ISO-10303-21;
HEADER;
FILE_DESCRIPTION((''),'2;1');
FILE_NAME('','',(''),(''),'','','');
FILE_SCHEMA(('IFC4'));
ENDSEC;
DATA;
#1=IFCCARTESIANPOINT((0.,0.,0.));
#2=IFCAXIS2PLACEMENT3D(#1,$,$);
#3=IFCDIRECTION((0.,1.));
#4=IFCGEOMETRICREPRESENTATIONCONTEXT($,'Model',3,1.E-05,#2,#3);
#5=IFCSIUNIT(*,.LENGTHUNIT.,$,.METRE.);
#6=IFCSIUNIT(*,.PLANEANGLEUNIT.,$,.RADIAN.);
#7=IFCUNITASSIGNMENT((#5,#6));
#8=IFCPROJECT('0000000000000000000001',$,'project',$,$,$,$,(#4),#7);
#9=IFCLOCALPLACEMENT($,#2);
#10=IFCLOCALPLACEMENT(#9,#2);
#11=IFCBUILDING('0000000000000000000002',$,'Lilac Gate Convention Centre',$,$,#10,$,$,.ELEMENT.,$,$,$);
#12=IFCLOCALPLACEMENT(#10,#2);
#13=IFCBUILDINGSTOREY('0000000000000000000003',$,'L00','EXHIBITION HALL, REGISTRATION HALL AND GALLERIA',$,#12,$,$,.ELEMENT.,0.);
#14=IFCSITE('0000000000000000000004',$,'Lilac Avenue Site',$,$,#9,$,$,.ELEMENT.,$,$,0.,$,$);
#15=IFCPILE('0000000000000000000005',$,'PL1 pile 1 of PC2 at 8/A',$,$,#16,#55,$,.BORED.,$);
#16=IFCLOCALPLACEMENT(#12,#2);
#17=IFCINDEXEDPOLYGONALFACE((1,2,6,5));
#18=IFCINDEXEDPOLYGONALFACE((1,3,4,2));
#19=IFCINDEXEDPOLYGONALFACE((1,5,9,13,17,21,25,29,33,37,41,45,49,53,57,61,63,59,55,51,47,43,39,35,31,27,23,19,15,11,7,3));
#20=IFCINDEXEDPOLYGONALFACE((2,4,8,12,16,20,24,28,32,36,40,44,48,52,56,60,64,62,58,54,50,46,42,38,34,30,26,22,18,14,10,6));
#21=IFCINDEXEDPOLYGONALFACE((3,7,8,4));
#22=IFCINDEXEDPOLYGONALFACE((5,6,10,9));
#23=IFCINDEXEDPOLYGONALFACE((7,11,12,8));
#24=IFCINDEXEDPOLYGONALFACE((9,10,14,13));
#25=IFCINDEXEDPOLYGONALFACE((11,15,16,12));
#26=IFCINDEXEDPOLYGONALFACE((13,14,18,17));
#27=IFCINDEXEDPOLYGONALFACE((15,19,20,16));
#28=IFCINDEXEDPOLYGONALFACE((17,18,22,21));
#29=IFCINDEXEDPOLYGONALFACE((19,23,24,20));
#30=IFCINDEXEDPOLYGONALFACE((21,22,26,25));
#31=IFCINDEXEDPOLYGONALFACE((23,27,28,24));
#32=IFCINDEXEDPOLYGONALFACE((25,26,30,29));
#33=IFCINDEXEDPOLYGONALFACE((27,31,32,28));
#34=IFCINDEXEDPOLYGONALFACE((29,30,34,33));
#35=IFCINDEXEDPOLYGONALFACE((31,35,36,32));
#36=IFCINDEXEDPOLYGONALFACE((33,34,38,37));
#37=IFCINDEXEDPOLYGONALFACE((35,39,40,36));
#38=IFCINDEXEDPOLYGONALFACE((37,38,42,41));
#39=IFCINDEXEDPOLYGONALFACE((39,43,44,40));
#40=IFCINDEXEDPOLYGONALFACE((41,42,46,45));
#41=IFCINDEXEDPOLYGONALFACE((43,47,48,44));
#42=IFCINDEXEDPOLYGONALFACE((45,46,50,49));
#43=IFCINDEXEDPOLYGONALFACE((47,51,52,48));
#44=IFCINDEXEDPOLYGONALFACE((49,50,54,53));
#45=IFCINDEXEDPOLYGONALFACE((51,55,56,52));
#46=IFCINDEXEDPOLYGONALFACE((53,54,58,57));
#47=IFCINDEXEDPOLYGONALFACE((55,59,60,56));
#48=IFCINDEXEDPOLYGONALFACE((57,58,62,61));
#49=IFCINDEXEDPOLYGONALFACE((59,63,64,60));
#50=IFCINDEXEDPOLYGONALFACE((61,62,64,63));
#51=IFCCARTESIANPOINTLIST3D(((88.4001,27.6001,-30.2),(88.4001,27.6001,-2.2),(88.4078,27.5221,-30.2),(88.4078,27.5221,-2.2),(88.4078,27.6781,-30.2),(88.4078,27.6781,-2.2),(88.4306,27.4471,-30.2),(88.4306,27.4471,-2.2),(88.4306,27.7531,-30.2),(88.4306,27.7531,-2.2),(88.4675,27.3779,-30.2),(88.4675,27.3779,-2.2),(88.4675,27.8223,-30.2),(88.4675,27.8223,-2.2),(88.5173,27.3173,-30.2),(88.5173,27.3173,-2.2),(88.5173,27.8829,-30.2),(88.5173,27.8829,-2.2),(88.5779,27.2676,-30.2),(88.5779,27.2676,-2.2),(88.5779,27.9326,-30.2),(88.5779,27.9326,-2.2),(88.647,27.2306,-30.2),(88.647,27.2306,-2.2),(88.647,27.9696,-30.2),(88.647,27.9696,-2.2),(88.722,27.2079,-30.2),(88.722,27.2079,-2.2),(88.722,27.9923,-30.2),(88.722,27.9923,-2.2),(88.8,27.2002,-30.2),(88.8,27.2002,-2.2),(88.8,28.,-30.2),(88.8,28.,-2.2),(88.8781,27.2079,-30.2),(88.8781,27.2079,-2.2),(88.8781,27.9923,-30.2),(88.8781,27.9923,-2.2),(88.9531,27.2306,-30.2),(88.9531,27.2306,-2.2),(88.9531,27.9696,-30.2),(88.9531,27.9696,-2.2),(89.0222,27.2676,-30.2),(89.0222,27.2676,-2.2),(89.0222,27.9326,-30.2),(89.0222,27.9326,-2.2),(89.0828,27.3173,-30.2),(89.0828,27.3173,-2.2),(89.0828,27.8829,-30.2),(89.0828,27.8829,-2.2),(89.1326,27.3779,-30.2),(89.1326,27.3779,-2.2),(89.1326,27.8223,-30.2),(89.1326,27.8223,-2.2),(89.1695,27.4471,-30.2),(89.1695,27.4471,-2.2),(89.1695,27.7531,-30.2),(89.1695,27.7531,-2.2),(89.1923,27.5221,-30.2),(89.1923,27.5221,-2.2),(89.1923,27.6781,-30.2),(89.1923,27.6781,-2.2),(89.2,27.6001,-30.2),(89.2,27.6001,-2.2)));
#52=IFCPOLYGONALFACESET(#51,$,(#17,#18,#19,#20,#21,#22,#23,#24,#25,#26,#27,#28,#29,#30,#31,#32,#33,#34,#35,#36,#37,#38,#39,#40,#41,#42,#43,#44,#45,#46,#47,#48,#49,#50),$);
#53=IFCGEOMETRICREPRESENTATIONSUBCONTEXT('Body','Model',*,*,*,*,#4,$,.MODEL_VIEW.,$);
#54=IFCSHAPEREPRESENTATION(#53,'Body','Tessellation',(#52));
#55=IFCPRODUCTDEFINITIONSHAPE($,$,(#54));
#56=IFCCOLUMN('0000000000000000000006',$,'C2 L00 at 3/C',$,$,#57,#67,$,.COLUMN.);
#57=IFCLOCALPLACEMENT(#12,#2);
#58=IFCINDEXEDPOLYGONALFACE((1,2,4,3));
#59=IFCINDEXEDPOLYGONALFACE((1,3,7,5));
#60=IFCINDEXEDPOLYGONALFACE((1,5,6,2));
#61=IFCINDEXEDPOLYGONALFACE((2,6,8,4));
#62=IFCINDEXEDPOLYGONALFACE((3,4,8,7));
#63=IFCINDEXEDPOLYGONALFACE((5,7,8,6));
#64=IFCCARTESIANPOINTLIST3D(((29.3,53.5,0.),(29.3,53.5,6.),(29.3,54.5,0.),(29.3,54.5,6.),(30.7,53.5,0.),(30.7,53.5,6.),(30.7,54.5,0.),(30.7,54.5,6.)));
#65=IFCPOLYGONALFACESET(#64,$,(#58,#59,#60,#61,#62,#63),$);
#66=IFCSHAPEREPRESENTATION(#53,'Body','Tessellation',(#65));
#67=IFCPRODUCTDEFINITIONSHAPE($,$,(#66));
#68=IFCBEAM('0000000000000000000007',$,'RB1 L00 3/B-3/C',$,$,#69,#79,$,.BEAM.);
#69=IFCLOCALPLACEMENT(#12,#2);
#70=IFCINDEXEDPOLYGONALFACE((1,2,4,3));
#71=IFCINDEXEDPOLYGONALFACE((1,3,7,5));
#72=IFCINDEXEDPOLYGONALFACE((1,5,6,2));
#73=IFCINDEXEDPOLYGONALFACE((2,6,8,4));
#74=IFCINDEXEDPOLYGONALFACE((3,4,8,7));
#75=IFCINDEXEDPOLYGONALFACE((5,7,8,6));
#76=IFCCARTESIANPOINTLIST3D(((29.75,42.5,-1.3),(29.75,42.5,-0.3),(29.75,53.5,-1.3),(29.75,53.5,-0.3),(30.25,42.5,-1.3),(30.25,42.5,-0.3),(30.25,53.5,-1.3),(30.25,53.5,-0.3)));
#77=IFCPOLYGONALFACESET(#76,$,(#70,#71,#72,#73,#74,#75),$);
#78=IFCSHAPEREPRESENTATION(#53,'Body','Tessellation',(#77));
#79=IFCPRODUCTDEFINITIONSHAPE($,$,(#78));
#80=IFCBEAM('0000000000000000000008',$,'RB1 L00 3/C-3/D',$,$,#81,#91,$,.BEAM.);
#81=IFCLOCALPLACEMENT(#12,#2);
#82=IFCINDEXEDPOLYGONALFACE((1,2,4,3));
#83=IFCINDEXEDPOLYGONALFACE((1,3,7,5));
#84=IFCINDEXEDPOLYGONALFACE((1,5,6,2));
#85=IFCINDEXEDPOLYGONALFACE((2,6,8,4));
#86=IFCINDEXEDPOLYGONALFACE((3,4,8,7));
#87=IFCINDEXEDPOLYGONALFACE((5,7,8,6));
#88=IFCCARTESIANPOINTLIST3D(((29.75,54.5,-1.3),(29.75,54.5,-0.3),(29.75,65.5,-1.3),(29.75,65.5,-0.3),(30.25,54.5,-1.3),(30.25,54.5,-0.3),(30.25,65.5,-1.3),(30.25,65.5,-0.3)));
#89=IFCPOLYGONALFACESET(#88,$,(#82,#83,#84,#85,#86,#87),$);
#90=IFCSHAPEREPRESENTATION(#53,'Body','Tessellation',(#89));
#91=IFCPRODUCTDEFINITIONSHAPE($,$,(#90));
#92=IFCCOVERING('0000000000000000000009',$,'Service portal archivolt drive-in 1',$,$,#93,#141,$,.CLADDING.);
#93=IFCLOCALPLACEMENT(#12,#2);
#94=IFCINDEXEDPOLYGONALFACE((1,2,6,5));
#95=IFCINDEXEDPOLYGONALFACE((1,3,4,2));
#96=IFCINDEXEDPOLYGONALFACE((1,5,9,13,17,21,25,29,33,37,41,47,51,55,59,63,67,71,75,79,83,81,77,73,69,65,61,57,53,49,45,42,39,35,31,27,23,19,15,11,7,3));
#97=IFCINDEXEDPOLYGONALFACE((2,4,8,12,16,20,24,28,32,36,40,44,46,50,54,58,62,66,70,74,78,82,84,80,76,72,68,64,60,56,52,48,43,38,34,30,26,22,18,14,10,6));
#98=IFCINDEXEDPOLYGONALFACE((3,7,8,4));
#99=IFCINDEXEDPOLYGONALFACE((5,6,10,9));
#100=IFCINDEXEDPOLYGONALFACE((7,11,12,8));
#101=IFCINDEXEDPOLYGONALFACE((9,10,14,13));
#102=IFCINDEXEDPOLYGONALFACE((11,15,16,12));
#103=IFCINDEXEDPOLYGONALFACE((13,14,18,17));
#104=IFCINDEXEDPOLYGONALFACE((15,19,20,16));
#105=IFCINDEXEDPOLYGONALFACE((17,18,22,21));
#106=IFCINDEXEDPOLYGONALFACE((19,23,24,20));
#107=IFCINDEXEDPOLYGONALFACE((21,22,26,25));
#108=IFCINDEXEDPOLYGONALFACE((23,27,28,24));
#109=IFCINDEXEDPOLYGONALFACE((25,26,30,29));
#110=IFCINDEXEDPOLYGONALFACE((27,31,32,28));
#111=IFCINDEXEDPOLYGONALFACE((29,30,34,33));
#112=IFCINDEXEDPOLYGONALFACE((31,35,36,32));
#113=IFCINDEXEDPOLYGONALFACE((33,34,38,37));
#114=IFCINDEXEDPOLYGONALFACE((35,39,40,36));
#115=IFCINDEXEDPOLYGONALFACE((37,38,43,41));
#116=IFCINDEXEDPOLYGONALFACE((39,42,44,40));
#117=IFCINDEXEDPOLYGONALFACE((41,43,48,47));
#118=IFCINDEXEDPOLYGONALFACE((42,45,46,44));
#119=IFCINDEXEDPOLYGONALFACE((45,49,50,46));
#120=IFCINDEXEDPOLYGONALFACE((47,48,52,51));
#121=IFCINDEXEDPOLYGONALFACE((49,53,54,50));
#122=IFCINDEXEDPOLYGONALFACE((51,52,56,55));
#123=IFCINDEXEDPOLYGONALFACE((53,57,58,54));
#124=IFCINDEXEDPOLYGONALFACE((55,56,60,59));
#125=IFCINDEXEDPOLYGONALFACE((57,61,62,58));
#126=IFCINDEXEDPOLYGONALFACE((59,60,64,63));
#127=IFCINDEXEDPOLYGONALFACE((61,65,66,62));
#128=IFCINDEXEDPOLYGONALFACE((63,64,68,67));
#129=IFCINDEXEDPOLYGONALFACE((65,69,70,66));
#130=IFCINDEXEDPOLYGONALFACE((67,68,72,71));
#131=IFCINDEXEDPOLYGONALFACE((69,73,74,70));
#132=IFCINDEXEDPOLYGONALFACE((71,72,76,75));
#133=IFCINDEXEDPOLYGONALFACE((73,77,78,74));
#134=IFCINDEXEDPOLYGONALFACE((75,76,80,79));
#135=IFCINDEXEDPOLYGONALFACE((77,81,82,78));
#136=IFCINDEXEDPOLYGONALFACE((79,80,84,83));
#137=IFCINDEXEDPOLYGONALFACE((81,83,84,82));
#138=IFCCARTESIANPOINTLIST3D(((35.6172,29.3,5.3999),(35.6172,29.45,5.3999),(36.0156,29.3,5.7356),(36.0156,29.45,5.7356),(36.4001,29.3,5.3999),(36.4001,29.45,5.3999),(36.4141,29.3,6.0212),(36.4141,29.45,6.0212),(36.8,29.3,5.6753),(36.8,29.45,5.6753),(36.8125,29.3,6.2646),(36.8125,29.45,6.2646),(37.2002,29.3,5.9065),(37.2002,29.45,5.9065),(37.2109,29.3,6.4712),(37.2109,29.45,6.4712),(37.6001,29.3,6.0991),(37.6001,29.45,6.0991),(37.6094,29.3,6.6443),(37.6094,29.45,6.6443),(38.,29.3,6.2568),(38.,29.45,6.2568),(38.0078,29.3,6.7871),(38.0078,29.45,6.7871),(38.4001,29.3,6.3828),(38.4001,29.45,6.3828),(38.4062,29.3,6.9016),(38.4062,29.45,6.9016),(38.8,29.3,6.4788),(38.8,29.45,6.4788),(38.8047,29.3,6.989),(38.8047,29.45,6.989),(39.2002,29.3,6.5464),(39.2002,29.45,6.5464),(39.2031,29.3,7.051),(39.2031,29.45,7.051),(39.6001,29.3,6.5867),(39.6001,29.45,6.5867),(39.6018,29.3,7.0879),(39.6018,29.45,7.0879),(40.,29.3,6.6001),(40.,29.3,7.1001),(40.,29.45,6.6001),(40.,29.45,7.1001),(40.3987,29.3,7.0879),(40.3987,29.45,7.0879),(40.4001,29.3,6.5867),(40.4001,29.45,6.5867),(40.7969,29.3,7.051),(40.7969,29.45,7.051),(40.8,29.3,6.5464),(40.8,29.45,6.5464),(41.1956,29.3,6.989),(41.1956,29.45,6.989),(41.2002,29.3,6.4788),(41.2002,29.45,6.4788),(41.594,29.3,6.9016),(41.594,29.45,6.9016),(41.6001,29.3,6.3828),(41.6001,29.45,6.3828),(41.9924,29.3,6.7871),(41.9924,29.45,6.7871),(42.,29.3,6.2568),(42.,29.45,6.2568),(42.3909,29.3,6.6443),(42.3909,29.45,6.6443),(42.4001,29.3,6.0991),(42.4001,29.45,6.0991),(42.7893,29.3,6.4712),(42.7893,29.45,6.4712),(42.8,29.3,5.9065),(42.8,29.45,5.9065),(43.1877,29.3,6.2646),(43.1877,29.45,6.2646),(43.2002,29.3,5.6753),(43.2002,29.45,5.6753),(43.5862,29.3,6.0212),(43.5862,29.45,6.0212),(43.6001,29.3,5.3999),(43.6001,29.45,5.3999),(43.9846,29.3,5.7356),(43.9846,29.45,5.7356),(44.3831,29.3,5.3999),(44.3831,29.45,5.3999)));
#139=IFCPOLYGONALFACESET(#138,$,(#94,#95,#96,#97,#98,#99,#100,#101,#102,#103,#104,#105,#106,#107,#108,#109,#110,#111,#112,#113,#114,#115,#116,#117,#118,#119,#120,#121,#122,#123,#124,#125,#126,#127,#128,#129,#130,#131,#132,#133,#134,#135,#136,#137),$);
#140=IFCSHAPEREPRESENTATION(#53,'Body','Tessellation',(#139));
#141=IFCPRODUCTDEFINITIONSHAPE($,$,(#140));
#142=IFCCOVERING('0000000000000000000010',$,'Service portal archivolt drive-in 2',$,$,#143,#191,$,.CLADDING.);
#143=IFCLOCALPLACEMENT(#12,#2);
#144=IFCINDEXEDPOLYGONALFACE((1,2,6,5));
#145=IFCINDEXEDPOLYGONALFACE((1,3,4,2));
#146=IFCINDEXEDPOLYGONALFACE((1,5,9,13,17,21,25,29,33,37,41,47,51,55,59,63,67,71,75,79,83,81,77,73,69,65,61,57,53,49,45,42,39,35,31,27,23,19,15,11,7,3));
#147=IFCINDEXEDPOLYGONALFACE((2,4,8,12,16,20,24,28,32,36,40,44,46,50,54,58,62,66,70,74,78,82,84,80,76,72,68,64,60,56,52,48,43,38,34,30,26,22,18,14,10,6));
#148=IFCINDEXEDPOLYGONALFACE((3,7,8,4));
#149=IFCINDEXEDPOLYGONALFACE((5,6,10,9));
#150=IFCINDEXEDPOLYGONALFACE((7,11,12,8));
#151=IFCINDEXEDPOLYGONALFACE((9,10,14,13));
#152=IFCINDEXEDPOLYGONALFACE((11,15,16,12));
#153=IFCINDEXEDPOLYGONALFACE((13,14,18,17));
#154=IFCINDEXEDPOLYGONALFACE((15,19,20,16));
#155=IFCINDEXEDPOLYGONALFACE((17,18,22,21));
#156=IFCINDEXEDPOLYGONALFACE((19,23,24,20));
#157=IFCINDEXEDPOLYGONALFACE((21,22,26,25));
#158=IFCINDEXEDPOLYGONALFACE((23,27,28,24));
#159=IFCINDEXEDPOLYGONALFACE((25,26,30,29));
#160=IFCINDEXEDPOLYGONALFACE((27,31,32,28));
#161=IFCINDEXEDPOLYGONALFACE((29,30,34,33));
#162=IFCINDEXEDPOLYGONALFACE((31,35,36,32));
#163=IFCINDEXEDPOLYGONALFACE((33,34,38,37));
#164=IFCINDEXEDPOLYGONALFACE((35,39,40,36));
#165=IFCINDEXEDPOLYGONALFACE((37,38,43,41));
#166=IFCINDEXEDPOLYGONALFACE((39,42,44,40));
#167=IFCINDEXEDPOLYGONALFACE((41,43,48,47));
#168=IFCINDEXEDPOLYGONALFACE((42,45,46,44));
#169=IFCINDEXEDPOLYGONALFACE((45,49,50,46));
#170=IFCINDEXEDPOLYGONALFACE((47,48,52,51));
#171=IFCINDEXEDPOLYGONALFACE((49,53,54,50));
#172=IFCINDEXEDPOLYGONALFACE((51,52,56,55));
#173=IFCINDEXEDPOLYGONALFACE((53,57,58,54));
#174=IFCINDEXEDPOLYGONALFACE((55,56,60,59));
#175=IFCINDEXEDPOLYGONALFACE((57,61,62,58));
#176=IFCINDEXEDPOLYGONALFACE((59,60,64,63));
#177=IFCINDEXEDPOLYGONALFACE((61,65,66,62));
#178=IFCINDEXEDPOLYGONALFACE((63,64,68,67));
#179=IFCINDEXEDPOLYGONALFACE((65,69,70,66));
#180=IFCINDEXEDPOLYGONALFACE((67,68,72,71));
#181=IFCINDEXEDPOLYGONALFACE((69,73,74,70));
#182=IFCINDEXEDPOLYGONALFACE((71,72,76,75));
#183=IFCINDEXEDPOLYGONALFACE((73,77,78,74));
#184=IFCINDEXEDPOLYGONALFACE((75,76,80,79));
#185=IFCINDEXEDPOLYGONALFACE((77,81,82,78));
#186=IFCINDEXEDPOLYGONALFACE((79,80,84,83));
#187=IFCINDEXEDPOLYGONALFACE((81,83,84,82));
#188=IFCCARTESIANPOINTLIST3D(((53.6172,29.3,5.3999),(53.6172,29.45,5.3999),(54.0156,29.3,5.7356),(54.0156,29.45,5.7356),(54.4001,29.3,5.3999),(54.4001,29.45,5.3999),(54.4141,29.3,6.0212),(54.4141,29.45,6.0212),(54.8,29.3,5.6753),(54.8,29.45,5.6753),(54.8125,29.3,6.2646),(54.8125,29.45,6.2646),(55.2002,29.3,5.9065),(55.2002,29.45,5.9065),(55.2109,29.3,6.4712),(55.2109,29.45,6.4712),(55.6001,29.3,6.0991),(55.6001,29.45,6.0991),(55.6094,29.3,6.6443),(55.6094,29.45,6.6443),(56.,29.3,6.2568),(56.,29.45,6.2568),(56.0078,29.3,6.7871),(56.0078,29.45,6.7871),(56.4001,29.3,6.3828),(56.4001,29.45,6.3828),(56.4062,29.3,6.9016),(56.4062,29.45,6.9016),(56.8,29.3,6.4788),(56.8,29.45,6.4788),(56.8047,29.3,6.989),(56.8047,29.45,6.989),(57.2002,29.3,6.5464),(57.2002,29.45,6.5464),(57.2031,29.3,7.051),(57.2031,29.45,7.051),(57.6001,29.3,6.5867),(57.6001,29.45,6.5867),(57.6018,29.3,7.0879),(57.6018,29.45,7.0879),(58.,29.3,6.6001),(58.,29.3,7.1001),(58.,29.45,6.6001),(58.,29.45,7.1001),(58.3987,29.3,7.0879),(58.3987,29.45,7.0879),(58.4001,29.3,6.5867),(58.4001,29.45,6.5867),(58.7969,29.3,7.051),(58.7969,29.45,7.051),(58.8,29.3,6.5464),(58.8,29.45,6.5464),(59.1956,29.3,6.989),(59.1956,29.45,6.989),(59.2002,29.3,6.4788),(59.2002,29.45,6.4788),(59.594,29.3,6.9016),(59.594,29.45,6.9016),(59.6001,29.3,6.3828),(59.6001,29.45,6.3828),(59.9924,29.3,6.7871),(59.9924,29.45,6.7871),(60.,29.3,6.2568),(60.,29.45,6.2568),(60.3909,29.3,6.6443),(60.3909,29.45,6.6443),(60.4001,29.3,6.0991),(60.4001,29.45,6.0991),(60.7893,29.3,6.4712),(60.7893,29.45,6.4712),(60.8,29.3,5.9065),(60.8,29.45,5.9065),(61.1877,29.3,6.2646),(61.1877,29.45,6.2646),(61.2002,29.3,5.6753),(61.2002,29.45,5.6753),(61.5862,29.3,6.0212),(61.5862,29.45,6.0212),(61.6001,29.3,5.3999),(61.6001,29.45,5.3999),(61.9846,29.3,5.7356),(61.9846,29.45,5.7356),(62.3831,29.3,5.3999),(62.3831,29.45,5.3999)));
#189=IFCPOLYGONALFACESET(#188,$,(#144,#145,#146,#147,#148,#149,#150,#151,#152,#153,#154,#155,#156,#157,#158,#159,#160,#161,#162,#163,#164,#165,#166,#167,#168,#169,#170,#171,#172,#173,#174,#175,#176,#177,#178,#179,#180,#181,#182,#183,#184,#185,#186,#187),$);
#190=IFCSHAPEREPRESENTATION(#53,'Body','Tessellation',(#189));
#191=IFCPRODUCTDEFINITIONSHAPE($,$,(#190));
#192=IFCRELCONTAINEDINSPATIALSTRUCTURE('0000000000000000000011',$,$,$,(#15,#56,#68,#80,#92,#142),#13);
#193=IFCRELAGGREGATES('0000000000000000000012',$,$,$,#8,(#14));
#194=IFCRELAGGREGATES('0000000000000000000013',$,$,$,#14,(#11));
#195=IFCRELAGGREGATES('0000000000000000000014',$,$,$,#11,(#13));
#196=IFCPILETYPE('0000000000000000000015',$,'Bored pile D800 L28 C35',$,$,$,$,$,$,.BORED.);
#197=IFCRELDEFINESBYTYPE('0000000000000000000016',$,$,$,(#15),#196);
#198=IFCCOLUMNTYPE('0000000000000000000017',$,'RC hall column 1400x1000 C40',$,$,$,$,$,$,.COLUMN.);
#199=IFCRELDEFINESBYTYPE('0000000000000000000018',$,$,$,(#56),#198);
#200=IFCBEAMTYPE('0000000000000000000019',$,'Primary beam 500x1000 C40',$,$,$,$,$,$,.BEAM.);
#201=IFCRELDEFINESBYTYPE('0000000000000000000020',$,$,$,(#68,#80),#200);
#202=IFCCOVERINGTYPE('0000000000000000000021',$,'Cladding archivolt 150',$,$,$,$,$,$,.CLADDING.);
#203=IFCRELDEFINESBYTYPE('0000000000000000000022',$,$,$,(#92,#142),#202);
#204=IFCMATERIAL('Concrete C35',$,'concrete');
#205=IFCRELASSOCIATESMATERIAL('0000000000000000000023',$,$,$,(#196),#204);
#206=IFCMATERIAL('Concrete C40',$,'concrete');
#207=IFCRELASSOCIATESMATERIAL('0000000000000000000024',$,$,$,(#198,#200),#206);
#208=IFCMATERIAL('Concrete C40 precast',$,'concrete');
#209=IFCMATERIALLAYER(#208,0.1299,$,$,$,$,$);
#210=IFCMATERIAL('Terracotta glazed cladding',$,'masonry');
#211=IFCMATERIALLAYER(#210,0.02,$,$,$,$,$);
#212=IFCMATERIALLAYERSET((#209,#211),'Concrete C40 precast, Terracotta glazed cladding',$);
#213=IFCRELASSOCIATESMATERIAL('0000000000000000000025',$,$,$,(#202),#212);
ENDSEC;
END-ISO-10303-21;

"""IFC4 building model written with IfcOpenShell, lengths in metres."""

from ifc_helpers import new_model, si_unit, direction, frame, origin, origin_2d, place, context, subcontext, project, spatial, polyline, rectangle, circle, outline, extrude, material, layer, layer_set, material_profile, profile_set, type_object, element, save


model = new_model("IFC4")

# Units and contexts
model_context = context("Model", 3, precision=1e-05, world=origin(), true_north=direction((0.0, 1.0)))
body_context = subcontext(model_context, "Body", "Model", "MODEL_VIEW")
ifc_project = project(units=[si_unit("LENGTHUNIT", "METRE"), si_unit("PLANEANGLEUNIT", "RADIAN")], contexts=[model_context])

# Site, building, storey
site_placement = place(None, origin())
site = spatial("IfcSite", under=ifc_project, at=site_placement, Name="Lilac Avenue Site", CompositionType="ELEMENT", RefElevation=0.0)
building_placement = place(site_placement, origin())
building = spatial("IfcBuilding", under=site, at=building_placement, Name="Lilac Gate Convention Centre", CompositionType="ELEMENT")
storey_placement = place(building_placement, origin())
storey = spatial("IfcBuildingStorey", under=building, at=storey_placement, Name="L00", Description="EXHIBITION HALL, REGISTRATION HALL AND GALLERIA", CompositionType="ELEMENT", Elevation=0.0)

# Pile
ifc_material_1 = material(Name="Concrete C35", Category="concrete")
ifc_material_profile_1 = material_profile(ifc_material_1, circle(Radius=0.3999, at=origin_2d()), Name="D800")
ifc_profile_set_1 = profile_set([ifc_material_profile_1], Name="Concrete C35")
pile_type = type_object("IfcPileType", Name="Bored pile D800 L28 C35", PredefinedType="BORED", material=ifc_profile_set_1)
pile_placement = place(storey_placement, frame((88.8, 27.6001, -2.2), z_axis=(0.0, 0.0, -1.0), x_axis=(1.0, 0.0, 0.0)))
element("IfcPile", 1, at=pile_placement, inside=storey, type_object=pile_type, Name="PL1 pile 1 of PC2 at 8/A", PredefinedType="BORED", context=body_context, shape_type="SweptSolid", body=[
    extrude(circle(Radius=0.3999, at=origin_2d()), origin(), (0.0, 0.0, 1.0), 28.0),
])

# Column
ifc_material_2 = material(Name="Concrete C40", Category="concrete")
ifc_material_profile_2 = material_profile(ifc_material_2, rectangle(XDim=1.3999, YDim=1.0, at=origin_2d()), Name="RC 1400x1000")
ifc_profile_set_2 = profile_set([ifc_material_profile_2], Name="Concrete C40")
column_type = type_object("IfcColumnType", Name="RC hall column 1400x1000 C40", PredefinedType="COLUMN", material=ifc_profile_set_2)
column_placement = place(storey_placement, frame((30.0, 54.0, 0.0), z_axis=(0.0, 0.0, 1.0), x_axis=(1.0, 0.0, 0.0)))
element("IfcColumn", 2, at=column_placement, inside=storey, type_object=column_type, Name="C2 L00 at 3/C", PredefinedType="COLUMN", context=body_context, shape_type="SweptSolid", body=[
    extrude(rectangle(XDim=1.3999, YDim=1.0, at=origin_2d()), origin(), (0.0, 0.0, 1.0), 6.0),
])

# Beams
ifc_material_profile_3 = material_profile(ifc_material_2, rectangle(XDim=0.5, YDim=1.0, at=origin_2d()), Name="RC 500x1000")
ifc_profile_set_3 = profile_set([ifc_material_profile_3], Name="Concrete C40")
beam_type = type_object("IfcBeamType", Name="Primary beam 500x1000 C40", PredefinedType="BEAM", material=ifc_profile_set_3)
for number, where, z_axis, x_axis, name in (
    (3, (30.0, 42.5, -0.8), (0.0, 1.0, 0.0), (-1.0, 0.0, 0.0), "RB1 L00 3/B-3/C"),
    (4, (30.0, 54.5, -0.8), (0.0, 1.0, 0.0), (-1.0, 0.0, 0.0), "RB1 L00 3/C-3/D"),
):
    element("IfcBeam", number, at=place(storey_placement, frame(where, z_axis=z_axis, x_axis=x_axis)), inside=storey, type_object=beam_type, Name=name, PredefinedType="BEAM", context=body_context, shape_type="SweptSolid", body=[
        extrude(rectangle(XDim=0.5, YDim=1.0, at=origin_2d()), origin(), (0.0, 0.0, 1.0), 11.0),
    ])

# Coverings
ifc_material_3 = material(Name="Concrete C40 precast", Category="concrete")
ifc_layer_1 = layer(ifc_material_3, 0.1299)
ifc_material_4 = material(Name="Terracotta glazed cladding", Category="masonry")
ifc_layer_2 = layer(ifc_material_4, 0.02)
ifc_layer_set_1 = layer_set([ifc_layer_1, ifc_layer_2], Name="Concrete C40 precast, Terracotta glazed cladding")
covering_type = type_object("IfcCoveringType", Name="Cladding archivolt 150", PredefinedType="CLADDING", material=ifc_layer_set_1)
for number, where, z_axis, x_axis, name in (
    (5, (35.6172, 29.375, 5.3999), (0.0, 0.0, 1.0), (1.0, 0.0, 0.0), "Service portal archivolt drive-in 1"),
    (6, (53.6172, 29.375, 5.3999), (0.0, 0.0, 1.0), (1.0, 0.0, 0.0), "Service portal archivolt drive-in 2"),
):
    element("IfcCovering", number, at=place(storey_placement, frame(where, z_axis=z_axis, x_axis=x_axis)), inside=storey, type_object=covering_type, Name=name, PredefinedType="CLADDING", context=body_context, shape_type="SweptSolid", body=[
        extrude(outline(polyline([(0.0, 0.0), (0.783, 0.0), (0.783, 0.0), (1.1829, 0.2754), (1.583, 0.5066), (1.9829, 0.6992), (2.3828, 0.8569), (2.783, 0.9829), (3.1829, 1.0789), (3.583, 1.1465), (3.9829, 1.1868), (4.3828, 1.2002), (4.783, 1.1868), (5.1829, 1.1465), (5.583, 1.0789), (5.9829, 0.9829), (6.3828, 0.8569), (6.783, 0.6992), (7.1829, 0.5066), (7.583, 0.2754), (7.9829, 0.0), (7.9829, 0.0), (8.7659, 0.0), (8.7659, 0.0), (8.3674, 0.3357), (7.969, 0.6213), (7.5706, 0.8647), (7.1721, 1.0713), (6.7737, 1.2444), (6.3752, 1.3872), (5.9768, 1.5017), (5.5784, 1.5891), (5.1797, 1.6511), (4.7815, 1.688), (4.3828, 1.7002), (3.9846, 1.688), (3.5859, 1.6511), (3.1875, 1.5891), (2.7891, 1.5017), (2.3906, 1.3872), (1.9922, 1.2444), (1.5938, 1.0713), (1.1953, 0.8647), (0.7969, 0.6213), (0.3984, 0.3357), (0.0, 0.0), (0.0, 0.0)])), frame((0.0, 0.075, 0.0), z_axis=(0.0, -1.0, 0.0), x_axis=(1.0, 0.0, 0.0)), (0.0, 0.0, 1.0), 0.1499),
    ])

save(model, "model.ifc")
